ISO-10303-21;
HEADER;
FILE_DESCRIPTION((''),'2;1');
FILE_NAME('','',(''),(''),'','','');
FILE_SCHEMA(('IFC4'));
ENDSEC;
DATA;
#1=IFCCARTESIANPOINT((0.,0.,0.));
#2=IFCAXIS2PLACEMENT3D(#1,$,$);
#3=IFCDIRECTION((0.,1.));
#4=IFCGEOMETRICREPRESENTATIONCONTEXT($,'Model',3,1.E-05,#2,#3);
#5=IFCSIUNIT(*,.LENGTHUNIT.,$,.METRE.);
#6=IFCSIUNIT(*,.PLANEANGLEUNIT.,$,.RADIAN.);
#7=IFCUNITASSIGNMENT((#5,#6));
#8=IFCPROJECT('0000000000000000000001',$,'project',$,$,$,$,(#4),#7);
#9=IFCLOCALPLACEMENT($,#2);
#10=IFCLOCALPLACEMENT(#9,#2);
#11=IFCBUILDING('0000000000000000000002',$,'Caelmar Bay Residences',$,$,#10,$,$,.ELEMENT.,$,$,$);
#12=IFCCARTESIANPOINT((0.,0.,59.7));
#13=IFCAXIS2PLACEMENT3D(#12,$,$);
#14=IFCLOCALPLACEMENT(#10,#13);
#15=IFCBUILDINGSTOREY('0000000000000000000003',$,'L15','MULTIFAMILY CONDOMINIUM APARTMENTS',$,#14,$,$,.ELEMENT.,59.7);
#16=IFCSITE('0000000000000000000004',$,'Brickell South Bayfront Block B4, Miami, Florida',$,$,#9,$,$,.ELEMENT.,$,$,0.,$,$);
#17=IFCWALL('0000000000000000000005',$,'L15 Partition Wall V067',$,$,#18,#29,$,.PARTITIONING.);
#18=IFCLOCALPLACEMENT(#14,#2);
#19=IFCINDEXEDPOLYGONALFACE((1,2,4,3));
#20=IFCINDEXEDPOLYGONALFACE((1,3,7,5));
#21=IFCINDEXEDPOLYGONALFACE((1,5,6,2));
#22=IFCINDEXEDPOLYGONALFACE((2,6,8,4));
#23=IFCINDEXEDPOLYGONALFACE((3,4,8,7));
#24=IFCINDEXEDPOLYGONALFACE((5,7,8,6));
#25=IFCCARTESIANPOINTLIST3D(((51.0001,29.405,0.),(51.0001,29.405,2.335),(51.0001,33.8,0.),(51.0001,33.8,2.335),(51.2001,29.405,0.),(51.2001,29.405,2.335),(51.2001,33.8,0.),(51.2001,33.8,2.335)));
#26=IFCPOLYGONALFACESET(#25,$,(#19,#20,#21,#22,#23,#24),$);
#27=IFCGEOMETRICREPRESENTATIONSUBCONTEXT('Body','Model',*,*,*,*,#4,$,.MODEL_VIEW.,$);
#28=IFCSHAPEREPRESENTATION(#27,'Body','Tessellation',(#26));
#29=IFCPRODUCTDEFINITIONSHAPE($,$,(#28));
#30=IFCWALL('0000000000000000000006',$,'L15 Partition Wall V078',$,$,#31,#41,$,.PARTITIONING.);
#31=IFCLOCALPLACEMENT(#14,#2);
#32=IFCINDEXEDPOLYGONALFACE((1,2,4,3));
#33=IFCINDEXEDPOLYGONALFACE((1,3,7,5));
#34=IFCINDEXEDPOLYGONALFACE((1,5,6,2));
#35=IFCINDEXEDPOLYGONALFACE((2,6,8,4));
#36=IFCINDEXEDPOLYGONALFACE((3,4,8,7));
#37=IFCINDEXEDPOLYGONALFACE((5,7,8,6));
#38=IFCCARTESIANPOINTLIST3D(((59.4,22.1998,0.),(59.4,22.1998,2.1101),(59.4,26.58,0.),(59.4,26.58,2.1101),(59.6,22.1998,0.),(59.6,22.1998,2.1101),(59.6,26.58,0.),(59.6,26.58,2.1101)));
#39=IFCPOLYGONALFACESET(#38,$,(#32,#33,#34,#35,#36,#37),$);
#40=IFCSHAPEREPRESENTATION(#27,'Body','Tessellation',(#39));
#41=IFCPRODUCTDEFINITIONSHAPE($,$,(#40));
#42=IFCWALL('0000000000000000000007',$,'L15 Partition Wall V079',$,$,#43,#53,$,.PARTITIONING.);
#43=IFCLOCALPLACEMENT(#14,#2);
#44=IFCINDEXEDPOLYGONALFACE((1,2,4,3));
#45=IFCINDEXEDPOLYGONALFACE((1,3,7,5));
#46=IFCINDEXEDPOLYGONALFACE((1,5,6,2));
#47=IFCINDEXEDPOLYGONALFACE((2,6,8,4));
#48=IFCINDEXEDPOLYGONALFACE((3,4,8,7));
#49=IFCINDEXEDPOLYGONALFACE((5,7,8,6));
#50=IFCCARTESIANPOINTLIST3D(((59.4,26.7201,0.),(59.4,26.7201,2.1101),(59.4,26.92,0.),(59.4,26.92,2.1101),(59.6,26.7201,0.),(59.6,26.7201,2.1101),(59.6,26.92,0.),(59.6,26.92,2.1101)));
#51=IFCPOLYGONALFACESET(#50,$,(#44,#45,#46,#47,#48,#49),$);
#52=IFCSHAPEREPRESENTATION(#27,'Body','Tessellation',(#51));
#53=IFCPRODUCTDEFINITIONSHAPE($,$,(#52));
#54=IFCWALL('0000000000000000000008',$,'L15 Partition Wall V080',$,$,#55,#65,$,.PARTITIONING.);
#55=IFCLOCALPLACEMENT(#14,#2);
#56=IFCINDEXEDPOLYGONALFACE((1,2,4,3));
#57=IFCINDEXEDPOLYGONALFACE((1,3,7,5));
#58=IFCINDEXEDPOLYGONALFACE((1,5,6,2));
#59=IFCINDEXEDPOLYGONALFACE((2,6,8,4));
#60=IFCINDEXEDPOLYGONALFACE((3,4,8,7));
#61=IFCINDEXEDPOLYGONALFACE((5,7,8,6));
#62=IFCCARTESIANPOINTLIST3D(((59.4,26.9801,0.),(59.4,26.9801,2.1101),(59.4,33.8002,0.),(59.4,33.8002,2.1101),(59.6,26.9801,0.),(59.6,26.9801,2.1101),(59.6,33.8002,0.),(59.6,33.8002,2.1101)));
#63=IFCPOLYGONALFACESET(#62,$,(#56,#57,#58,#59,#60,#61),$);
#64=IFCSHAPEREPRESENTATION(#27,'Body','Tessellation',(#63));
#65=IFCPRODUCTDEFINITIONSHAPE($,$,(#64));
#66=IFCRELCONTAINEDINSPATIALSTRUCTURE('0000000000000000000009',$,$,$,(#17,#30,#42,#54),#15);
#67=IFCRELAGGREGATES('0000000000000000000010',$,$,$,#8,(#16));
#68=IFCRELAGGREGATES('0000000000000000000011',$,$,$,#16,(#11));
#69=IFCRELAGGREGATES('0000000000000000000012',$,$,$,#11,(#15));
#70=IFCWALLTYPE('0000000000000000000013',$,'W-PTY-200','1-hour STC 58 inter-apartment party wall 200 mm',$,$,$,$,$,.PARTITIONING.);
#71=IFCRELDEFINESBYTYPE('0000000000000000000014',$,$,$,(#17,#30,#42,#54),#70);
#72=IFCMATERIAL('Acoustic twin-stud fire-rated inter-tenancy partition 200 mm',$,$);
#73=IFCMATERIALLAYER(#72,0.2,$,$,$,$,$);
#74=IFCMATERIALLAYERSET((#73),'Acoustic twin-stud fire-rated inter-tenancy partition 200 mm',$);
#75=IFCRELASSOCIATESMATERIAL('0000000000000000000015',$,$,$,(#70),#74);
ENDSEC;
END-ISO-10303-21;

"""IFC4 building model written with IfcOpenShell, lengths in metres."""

from ifc_helpers import new_model, si_unit, direction, frame, frame_2d, origin, place, context, subcontext, project, spatial, rectangle, extrude, material, layer, layer_set, type_object, element, save


model = new_model("IFC4")

# Units and contexts
model_context = context("Model", 3, precision=1e-05, world=origin(), true_north=direction((0.0, 1.0)))
body_context = subcontext(model_context, "Body", "Model", "MODEL_VIEW")
ifc_project = project(units=[si_unit("LENGTHUNIT", "METRE"), si_unit("PLANEANGLEUNIT", "RADIAN")], contexts=[model_context])

# Site, building, storey
site_placement = place(None, origin())
site = spatial("IfcSite", under=ifc_project, at=site_placement, Name="Brickell South Bayfront Block B4, Miami, Florida", CompositionType="ELEMENT", RefElevation=0.0)
building_placement = place(site_placement, origin())
building = spatial("IfcBuilding", under=site, at=building_placement, Name="Caelmar Bay Residences", CompositionType="ELEMENT")
storey_placement = place(building_placement, frame((0.0, 0.0, 59.7)))
storey = spatial("IfcBuildingStorey", under=building, at=storey_placement, Name="L15", Description="MULTIFAMILY CONDOMINIUM APARTMENTS", CompositionType="ELEMENT", Elevation=59.7)

# Walls
ifc_material_1 = material(Name="Acoustic twin-stud fire-rated inter-tenancy partition 200 mm")
ifc_layer_1 = layer(ifc_material_1, 0.2)
ifc_layer_set_1 = layer_set([ifc_layer_1], Name="Acoustic twin-stud fire-rated inter-tenancy partition 200 mm")
wall_type_1 = type_object("IfcWallType", Name="W-PTY-200", Description="1-hour STC 58 inter-apartment party wall 200 mm", PredefinedType="PARTITIONING", material=ifc_layer_set_1)
wall_1_placement = place(storey_placement, frame((51.1001, 29.405, 0.0), z_axis=(0.0, 0.0, 1.0), x_axis=(0.0, 1.0, 0.0)))
element("IfcWall", 1, at=wall_1_placement, inside=storey, type_object=wall_type_1, Name="L15 Partition Wall V067", PredefinedType="PARTITIONING", context=body_context, shape_type="SweptSolid", body=[
    extrude(rectangle(XDim=4.395, YDim=0.2, at=frame_2d((2.1975, 0.0))), origin(), (0.0, 0.0, 1.0), 2.335),
])
wall_2_placement = place(storey_placement, frame((59.5, 22.2, 0.0), z_axis=(0.0, 0.0, 1.0), x_axis=(0.0, 1.0, 0.0)))
element("IfcWall", 2, at=wall_2_placement, inside=storey, type_object=wall_type_1, Name="L15 Partition Wall V078", PredefinedType="PARTITIONING", context=body_context, shape_type="SweptSolid", body=[
    extrude(rectangle(XDim=4.3801, YDim=0.2, at=frame_2d((2.1899, 0.0))), origin(), (0.0, 0.0, 1.0), 2.1101),
])
wall_3_placement = place(storey_placement, frame((59.5, 26.72, 0.0), z_axis=(0.0, 0.0, 1.0), x_axis=(0.0, 1.0, 0.0)))
element("IfcWall", 3, at=wall_3_placement, inside=storey, type_object=wall_type_1, Name="L15 Partition Wall V079", PredefinedType="PARTITIONING", context=body_context, shape_type="SweptSolid", body=[
    extrude(rectangle(XDim=0.2, YDim=0.2, at=frame_2d((0.1001, 0.0))), origin(), (0.0, 0.0, 1.0), 2.1101),
])
wall_4_placement = place(storey_placement, frame((59.5, 26.98, 0.0), z_axis=(0.0, 0.0, 1.0), x_axis=(0.0, 1.0, 0.0)))
element("IfcWall", 4, at=wall_4_placement, inside=storey, type_object=wall_type_1, Name="L15 Partition Wall V080", PredefinedType="PARTITIONING", context=body_context, shape_type="SweptSolid", body=[
    extrude(rectangle(XDim=6.8201, YDim=0.2, at=frame_2d((3.4102, 0.0))), origin(), (0.0, 0.0, 1.0), 2.1101),
])

save(model, "model.ifc")
